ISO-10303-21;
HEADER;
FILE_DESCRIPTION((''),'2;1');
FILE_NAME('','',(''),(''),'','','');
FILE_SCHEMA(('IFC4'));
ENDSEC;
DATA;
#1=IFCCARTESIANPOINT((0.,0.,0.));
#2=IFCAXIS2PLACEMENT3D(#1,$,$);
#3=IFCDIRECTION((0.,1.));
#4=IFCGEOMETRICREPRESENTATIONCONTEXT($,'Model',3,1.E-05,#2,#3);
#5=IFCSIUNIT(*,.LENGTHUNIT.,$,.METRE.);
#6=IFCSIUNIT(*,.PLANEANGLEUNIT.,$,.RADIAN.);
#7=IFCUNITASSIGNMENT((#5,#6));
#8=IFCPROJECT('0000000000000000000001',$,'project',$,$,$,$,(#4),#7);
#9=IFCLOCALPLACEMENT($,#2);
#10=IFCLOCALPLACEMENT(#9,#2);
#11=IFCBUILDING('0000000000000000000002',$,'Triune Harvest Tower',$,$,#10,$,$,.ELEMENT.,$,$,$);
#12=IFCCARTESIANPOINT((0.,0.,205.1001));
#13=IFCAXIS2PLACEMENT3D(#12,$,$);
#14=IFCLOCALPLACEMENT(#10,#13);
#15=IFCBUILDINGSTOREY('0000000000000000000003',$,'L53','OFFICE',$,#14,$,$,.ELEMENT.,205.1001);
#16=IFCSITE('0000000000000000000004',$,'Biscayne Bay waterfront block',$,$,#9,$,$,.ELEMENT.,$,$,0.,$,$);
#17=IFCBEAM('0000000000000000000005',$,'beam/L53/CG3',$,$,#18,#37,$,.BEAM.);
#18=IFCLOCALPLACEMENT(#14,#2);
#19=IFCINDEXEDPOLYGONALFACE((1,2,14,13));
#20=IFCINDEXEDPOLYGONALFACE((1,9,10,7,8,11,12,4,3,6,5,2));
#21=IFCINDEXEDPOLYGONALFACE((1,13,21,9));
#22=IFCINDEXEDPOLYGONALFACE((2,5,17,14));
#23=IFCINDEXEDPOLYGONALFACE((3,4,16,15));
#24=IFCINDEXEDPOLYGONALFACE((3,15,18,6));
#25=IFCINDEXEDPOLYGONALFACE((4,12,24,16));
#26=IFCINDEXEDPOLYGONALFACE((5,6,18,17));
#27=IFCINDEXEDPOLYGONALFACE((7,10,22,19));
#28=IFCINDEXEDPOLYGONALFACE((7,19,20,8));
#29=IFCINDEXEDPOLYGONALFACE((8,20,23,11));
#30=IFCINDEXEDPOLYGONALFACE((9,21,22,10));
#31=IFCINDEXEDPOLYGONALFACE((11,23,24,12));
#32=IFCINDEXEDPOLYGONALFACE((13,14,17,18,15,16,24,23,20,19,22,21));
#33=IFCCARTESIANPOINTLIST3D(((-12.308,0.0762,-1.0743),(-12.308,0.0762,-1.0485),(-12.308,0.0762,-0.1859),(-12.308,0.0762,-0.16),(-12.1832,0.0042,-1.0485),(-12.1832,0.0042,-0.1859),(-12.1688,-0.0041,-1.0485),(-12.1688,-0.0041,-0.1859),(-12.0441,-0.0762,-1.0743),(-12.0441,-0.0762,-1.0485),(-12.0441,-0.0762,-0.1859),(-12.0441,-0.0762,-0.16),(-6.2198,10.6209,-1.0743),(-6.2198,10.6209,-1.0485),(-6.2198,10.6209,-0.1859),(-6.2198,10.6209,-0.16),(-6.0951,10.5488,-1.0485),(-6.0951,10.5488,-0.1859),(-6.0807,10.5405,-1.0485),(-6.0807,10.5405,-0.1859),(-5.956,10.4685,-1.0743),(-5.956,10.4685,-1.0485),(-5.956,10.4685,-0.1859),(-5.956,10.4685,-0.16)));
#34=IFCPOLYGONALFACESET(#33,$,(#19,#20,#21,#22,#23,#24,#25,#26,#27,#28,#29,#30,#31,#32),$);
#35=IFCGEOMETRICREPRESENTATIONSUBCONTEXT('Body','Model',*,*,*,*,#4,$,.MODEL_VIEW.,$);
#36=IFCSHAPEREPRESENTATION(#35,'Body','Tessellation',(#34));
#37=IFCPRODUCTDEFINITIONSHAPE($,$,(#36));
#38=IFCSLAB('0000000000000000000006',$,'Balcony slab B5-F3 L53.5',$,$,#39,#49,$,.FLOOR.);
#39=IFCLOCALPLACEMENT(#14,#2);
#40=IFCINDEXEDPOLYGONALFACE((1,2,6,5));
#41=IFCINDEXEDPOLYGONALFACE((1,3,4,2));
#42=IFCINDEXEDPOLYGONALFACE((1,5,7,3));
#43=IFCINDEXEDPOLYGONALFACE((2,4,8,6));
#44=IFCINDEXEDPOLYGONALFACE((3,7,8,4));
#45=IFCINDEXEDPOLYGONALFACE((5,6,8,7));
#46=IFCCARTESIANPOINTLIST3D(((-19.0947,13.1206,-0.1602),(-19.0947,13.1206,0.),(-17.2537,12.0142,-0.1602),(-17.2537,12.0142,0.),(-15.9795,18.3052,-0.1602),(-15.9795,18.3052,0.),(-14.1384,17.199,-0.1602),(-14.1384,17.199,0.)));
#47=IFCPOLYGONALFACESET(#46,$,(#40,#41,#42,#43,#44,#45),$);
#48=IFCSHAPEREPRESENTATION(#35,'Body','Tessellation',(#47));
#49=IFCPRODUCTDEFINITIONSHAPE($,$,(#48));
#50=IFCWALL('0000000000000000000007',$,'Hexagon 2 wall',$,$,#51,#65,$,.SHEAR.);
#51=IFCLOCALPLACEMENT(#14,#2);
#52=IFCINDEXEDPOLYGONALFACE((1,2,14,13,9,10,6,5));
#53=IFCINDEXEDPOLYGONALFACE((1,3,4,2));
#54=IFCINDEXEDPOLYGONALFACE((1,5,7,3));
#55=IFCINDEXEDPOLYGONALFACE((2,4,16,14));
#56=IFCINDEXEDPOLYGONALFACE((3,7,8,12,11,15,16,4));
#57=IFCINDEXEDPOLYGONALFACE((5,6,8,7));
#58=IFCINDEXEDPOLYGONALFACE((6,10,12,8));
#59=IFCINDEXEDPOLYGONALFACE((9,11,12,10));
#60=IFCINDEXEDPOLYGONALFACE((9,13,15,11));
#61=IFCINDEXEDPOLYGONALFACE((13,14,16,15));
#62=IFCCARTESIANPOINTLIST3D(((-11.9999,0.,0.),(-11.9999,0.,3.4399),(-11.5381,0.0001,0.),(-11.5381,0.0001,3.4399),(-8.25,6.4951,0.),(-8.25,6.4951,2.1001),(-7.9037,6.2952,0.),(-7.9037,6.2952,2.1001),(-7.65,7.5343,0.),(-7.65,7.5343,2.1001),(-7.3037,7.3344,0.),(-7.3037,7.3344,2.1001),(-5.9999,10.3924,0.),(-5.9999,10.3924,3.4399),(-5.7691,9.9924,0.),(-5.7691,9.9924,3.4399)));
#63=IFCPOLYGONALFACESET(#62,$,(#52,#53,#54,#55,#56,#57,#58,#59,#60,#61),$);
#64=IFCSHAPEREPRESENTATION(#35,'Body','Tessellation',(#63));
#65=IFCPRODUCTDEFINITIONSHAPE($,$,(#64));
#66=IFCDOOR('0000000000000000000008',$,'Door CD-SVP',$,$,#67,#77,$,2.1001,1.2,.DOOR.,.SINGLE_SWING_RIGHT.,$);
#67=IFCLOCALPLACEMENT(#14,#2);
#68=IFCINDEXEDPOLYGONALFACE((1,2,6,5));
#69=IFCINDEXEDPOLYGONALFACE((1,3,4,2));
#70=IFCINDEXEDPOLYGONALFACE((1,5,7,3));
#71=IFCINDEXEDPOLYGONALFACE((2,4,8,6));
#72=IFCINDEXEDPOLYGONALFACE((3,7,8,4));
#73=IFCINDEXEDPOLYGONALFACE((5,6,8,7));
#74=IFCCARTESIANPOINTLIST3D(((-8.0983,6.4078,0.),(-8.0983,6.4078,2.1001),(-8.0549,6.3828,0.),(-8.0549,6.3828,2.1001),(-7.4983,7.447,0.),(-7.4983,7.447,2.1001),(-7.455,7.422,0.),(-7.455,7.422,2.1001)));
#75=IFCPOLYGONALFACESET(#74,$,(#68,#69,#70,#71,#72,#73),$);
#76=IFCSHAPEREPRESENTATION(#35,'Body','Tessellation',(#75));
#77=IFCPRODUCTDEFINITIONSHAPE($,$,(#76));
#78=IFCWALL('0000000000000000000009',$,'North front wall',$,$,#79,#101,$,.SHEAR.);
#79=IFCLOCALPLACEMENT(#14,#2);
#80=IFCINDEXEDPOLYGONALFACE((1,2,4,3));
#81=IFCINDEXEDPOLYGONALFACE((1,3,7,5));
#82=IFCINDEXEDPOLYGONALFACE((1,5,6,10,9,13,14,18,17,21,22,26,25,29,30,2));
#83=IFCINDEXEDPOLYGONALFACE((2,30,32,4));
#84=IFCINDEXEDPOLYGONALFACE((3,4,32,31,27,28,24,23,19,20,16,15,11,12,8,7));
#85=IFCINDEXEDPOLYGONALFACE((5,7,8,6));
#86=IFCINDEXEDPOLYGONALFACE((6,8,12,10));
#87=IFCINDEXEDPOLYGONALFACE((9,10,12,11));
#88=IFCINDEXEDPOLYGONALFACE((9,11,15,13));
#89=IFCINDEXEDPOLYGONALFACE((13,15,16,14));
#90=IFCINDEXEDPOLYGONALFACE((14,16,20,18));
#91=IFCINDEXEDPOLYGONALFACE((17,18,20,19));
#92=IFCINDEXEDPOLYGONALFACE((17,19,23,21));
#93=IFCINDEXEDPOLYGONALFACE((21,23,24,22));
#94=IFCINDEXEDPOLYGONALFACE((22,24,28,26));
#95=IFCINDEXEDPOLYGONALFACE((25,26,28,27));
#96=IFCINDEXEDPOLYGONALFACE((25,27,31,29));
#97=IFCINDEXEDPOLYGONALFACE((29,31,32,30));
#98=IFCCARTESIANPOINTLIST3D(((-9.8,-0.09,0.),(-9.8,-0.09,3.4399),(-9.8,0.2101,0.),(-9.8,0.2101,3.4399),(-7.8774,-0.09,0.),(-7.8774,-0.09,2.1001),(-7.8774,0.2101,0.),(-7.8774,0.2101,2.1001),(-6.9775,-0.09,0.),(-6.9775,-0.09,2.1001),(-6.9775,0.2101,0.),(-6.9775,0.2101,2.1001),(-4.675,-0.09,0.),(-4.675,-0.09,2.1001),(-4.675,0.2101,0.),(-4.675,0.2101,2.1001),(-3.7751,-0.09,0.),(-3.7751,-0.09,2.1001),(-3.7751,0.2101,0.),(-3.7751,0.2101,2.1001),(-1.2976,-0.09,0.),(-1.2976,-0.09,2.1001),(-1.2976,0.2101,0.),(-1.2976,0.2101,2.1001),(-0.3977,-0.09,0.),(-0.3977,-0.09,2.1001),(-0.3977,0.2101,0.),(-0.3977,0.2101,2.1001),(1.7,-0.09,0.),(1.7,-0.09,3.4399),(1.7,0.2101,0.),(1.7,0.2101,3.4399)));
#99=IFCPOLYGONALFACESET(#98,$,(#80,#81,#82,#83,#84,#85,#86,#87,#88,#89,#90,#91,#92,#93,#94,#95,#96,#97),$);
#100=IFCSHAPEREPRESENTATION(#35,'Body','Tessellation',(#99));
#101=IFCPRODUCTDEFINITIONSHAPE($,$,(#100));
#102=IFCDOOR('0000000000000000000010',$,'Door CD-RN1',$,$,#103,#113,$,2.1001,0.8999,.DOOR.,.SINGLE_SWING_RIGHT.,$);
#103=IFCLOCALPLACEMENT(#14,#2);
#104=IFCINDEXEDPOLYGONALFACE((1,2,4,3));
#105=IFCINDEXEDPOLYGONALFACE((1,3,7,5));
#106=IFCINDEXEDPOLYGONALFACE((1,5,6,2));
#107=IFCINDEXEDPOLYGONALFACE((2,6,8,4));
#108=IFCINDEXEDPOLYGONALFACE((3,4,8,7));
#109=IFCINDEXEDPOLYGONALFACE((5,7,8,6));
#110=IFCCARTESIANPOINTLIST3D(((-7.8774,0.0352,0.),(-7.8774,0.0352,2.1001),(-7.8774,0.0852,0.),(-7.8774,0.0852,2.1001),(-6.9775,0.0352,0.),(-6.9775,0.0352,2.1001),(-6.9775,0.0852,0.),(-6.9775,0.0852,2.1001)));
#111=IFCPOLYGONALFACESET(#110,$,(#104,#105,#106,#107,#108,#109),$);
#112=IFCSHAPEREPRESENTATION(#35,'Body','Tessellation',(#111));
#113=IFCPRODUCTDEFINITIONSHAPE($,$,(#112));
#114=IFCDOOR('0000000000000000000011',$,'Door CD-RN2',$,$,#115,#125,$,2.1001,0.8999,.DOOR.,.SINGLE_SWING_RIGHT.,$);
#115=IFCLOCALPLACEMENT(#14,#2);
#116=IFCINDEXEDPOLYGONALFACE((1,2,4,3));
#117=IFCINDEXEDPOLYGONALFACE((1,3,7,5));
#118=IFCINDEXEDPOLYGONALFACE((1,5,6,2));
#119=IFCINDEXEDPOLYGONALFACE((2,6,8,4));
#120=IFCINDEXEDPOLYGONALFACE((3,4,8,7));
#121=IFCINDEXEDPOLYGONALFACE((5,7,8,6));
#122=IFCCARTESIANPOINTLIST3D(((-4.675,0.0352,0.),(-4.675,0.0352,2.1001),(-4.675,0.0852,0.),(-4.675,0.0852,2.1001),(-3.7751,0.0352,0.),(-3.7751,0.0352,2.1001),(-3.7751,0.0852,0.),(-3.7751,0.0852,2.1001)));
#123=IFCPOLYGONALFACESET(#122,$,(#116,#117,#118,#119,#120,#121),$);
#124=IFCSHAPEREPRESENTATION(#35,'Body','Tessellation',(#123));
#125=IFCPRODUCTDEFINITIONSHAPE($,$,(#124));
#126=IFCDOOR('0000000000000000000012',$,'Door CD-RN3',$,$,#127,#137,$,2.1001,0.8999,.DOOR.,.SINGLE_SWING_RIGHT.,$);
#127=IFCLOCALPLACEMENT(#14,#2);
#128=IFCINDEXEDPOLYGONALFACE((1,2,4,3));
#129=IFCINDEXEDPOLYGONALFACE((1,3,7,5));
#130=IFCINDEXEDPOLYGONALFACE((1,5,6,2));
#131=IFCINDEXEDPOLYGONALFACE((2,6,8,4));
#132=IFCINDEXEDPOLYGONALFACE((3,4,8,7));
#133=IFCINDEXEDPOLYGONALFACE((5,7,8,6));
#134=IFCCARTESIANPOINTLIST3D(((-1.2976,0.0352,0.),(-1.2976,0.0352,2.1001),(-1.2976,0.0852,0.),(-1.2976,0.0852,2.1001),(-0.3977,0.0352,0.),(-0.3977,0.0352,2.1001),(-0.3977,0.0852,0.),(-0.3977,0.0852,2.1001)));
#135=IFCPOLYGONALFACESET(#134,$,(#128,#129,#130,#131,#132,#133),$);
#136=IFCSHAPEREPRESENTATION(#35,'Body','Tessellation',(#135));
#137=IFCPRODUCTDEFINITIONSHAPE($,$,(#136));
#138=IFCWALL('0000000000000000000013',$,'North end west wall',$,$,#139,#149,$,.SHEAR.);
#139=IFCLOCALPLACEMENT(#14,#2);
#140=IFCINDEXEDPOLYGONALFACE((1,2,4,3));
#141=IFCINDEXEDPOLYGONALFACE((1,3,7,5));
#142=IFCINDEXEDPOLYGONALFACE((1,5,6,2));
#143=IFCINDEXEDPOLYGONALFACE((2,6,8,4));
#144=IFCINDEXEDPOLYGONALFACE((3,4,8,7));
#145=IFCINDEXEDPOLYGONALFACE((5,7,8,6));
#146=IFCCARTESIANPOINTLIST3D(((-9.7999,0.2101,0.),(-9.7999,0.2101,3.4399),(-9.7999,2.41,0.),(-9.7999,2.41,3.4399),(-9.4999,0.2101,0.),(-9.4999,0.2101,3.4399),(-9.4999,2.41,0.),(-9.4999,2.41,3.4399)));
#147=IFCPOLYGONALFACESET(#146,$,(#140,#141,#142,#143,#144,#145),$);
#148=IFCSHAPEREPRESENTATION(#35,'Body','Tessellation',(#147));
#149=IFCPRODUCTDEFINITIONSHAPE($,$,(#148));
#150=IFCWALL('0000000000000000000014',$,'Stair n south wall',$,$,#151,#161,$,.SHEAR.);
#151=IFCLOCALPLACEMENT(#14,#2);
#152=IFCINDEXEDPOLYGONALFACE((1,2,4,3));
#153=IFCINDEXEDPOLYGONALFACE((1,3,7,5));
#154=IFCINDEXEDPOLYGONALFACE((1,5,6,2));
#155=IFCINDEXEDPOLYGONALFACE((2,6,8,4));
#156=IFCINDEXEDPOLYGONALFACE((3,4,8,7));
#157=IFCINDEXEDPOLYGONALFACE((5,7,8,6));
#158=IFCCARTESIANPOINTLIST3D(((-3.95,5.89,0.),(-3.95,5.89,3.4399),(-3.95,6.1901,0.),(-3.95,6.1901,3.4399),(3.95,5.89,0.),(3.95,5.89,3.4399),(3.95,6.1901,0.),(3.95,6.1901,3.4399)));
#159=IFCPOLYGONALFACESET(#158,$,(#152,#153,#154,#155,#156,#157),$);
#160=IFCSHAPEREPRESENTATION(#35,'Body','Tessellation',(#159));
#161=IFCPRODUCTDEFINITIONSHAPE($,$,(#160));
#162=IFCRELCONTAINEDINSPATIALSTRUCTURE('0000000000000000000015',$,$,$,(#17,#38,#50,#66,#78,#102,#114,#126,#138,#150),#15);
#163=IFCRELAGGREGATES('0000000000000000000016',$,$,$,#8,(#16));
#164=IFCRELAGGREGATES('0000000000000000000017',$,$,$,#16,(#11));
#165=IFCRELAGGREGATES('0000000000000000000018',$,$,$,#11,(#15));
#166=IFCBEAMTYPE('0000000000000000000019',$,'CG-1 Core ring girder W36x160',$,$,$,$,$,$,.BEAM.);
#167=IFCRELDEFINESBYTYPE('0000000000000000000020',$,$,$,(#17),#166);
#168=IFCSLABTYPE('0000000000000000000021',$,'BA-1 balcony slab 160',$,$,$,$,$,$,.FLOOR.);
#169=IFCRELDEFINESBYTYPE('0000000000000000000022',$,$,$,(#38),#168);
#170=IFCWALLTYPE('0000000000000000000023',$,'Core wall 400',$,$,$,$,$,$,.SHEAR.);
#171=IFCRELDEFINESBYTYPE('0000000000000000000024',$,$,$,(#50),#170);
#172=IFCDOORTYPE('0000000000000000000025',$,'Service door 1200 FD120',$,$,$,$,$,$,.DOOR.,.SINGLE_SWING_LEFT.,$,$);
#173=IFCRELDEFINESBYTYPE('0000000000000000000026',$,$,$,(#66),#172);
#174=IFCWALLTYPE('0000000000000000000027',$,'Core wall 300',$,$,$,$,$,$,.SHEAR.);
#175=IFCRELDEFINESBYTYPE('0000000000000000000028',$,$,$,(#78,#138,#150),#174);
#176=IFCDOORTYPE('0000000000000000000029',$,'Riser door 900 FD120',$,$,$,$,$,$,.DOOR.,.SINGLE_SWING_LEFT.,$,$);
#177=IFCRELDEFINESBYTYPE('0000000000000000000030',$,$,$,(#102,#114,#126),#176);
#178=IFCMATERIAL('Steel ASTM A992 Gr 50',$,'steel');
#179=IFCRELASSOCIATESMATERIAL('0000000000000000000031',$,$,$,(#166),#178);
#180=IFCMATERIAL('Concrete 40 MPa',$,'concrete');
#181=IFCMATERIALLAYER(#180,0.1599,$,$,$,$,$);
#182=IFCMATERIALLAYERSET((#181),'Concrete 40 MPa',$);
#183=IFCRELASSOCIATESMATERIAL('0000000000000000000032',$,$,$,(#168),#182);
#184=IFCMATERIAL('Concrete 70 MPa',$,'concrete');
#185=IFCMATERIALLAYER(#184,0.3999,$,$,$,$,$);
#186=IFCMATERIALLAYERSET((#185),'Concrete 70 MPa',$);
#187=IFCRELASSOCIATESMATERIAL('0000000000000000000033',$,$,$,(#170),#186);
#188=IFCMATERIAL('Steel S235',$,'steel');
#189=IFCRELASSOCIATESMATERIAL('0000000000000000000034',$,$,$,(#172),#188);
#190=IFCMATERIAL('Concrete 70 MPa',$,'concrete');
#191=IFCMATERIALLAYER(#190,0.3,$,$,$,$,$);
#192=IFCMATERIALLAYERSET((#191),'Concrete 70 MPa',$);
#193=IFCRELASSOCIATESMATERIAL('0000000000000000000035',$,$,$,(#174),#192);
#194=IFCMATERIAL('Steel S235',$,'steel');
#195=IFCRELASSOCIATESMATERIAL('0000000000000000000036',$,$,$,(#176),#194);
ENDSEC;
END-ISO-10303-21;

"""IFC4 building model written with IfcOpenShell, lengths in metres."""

from ifc_helpers import new_model, si_unit, direction, frame, frame_2d, origin, origin_2d, place, context, subcontext, project, spatial, polyline, rectangle, i_section, outline, extrude, source, transform, mapped, material, layer, layer_set, material_profile, profile_set, type_object, element, fill, save


model = new_model("IFC4")

# Units and contexts
model_context = context("Model", 3, precision=1e-05, world=origin(), true_north=direction((0.0, 1.0)))
body_context = subcontext(model_context, "Body", "Model", "MODEL_VIEW")
ifc_project = project(units=[si_unit("LENGTHUNIT", "METRE"), si_unit("PLANEANGLEUNIT", "RADIAN")], contexts=[model_context])

# Site, building, storey
site_placement = place(None, origin())
site = spatial("IfcSite", under=ifc_project, at=site_placement, Name="Biscayne Bay waterfront block", CompositionType="ELEMENT", RefElevation=0.0)
building_placement = place(site_placement, origin())
building = spatial("IfcBuilding", under=site, at=building_placement, Name="Triune Harvest Tower", CompositionType="ELEMENT")
storey_placement = place(building_placement, frame((0.0, 0.0, 205.1001)))
storey = spatial("IfcBuildingStorey", under=building, at=storey_placement, Name="L53", Description="OFFICE", CompositionType="ELEMENT", Elevation=205.1001)

# Beam
ifc_material_1 = material(Name="Steel ASTM A992 Gr 50", Category="steel")
ifc_material_profile = material_profile(ifc_material_1, i_section(OverallWidth=0.3047, OverallDepth=0.9143, WebThickness=0.0166, FlangeThickness=0.0259, at=origin_2d()), Name="W36x160")
ifc_profile_set = profile_set([ifc_material_profile], Name="Steel ASTM A992 Gr 50")
beam_type = type_object("IfcBeamType", Name="CG-1 Core ring girder W36x160", PredefinedType="BEAM", material=ifc_profile_set)
shared_shape_1 = source(origin(), body_context, "Body", "SweptSolid", [
    extrude(i_section(OverallWidth=0.3047, OverallDepth=0.9143, WebThickness=0.0166, FlangeThickness=0.0259, at=origin_2d()), origin(), (0.0, 0.0, 1.0), 12.176),
])
beam_placement = place(storey_placement, frame((-6.0879, 10.5447, -0.6172), z_axis=(-0.50001, -0.86602, 0.0), x_axis=(0.86602, -0.50001, 0.0)))
element("IfcBeam", 1, at=beam_placement, inside=storey, type_object=beam_type, Name="beam/L53/CG3", PredefinedType="BEAM", context=body_context, shape_type="MappedRepresentation", body=[
    mapped(shared_shape_1, transform((0.0, 0.0, 0.0), scale=1.0)),
])

# Slab
ifc_material_2 = material(Name="Concrete 40 MPa", Category="concrete")
ifc_layer_1 = layer(ifc_material_2, 0.1599)
ifc_layer_set_1 = layer_set([ifc_layer_1], Name="Concrete 40 MPa")
slab_type = type_object("IfcSlabType", Name="BA-1 balcony slab 160", PredefinedType="FLOOR", material=ifc_layer_set_1)
slab_placement = place(storey_placement, frame((0.0, 0.0, -0.1602)))
element("IfcSlab", 2, at=slab_placement, inside=storey, type_object=slab_type, Name="Balcony slab B5-F3 L53.5", PredefinedType="FLOOR", context=body_context, shape_type="SweptSolid", body=[
    extrude(outline(polyline([(-14.1384, 17.199), (-17.2537, 12.0142), (-19.0947, 13.1206), (-15.9795, 18.3052), (-14.1384, 17.199)])), origin(), (0.0, 0.0, 1.0), 0.1602),
])

# Wall, opening, door
ifc_material_3 = material(Name="Concrete 70 MPa", Category="concrete")
ifc_layer_2 = layer(ifc_material_3, 0.3999)
ifc_layer_set_2 = layer_set([ifc_layer_2], Name="Concrete 70 MPa")
wall_type_1 = type_object("IfcWallType", Name="Core wall 400", PredefinedType="SHEAR", material=ifc_layer_set_2)
shared_shape_2 = source(origin(), body_context, "Body", "SweptSolid", [
    extrude(outline(polyline([(-0.1155, -0.2), (11.8845, -0.2), (11.6536, 0.2), (0.1155, 0.2), (-0.1155, -0.2)])), origin(), (0.0, 0.0, 1.0), 3.4399),
])
wall_1_placement = place(storey_placement, frame((-5.8845, 10.1924, 0.0), z_axis=(0.0, 0.0, 1.0), x_axis=(-0.499997, -0.866027, 0.0)))
wall_1 = element("IfcWall", 3, at=wall_1_placement, inside=storey, type_object=wall_type_1, Name="Hexagon 2 wall", PredefinedType="SHEAR", context=body_context, shape_type="MappedRepresentation", body=[
    mapped(shared_shape_2, transform((0.0, 0.0, 0.0), scale=1.0)),
])
opening_1_placement = place(wall_1_placement, frame((3.1846, 0.0, 0.0)))
opening_1 = element("IfcOpeningElement", 4, at=opening_1_placement, cuts=wall_1, PredefinedType="OPENING", context=body_context, shape_type="SweptSolid", body=[
    extrude(rectangle(XDim=1.2, YDim=2.1001, at=frame_2d((0.6001, 1.05))), frame((0.0, 0.21, 0.0), z_axis=(0.0, -1.0, 0.0), x_axis=(1.0, 0.0, 0.0)), (0.0, 0.0, 1.0), 0.4199),
])
ifc_material_4 = material(Name="Steel S235", Category="steel")
door_type_1 = type_object("IfcDoorType", Name="Service door 1200 FD120", OperationType="SINGLE_SWING_LEFT", PredefinedType="DOOR", material=ifc_material_4)
door_1_placement = place(opening_1_placement, frame((1.2, 0.0, 0.0), z_axis=(0.0, 0.0, 1.0), x_axis=(-1.0, 0.0, 0.0)))
door_1 = element("IfcDoor", 5, at=door_1_placement, inside=storey, type_object=door_type_1, Name="Door CD-SVP", OperationType="SINGLE_SWING_RIGHT", OverallHeight=2.1001, OverallWidth=1.2, PredefinedType="DOOR", context=body_context, shape_type="SweptSolid", body=[
    extrude(rectangle(XDim=1.2, YDim=2.1001, at=frame_2d((0.6001, 1.05))), frame((0.0, 0.0249, 0.0), z_axis=(0.0, -1.0, 0.0), x_axis=(1.0, 0.0, 0.0)), (0.0, 0.0, 1.0), 0.05),
])
fill(opening_1, door_1)

# Wall, openings, doors
ifc_material_5 = material(Name="Concrete 70 MPa", Category="concrete")
ifc_layer_3 = layer(ifc_material_5, 0.3)
ifc_layer_set_3 = layer_set([ifc_layer_3], Name="Concrete 70 MPa")
wall_type_2 = type_object("IfcWallType", Name="Core wall 300", PredefinedType="SHEAR", material=ifc_layer_set_3)
shared_shape_3 = source(origin(), body_context, "Body", "SweptSolid", [
    extrude(rectangle(XDim=11.5, YDim=0.3, at=frame_2d((5.75, 0.0))), origin(), (0.0, 0.0, 1.0), 3.4399),
])
wall_2_placement = place(storey_placement, frame((-9.8, 0.0601, 0.0), z_axis=(0.0, 0.0, 1.0), x_axis=(1.0, 0.0, 0.0)))
wall_2 = element("IfcWall", 6, at=wall_2_placement, inside=storey, type_object=wall_type_2, Name="North front wall", PredefinedType="SHEAR", context=body_context, shape_type="MappedRepresentation", body=[
    mapped(shared_shape_3, transform((0.0, 0.0, 0.0), scale=1.0)),
])
opening_2_placement = place(wall_2_placement, frame((1.9226, 0.0, 0.0)))
opening_2 = element("IfcOpeningElement", 7, at=opening_2_placement, cuts=wall_2, PredefinedType="OPENING", context=body_context, shape_type="SweptSolid", body=[
    extrude(rectangle(XDim=0.8999, YDim=2.1001, at=frame_2d((0.45, 1.05))), frame((0.0, 0.1602, 0.0), z_axis=(0.0, -1.0, 0.0), x_axis=(1.0, 0.0, 0.0)), (0.0, 0.0, 1.0), 0.3201),
])
opening_3_placement = place(wall_2_placement, frame((5.125, 0.0, 0.0)))
opening_3 = element("IfcOpeningElement", 8, at=opening_3_placement, cuts=wall_2, PredefinedType="OPENING", context=body_context, shape_type="SweptSolid", body=[
    extrude(rectangle(XDim=0.8999, YDim=2.1001, at=frame_2d((0.45, 1.05))), frame((0.0, 0.1602, 0.0), z_axis=(0.0, -1.0, 0.0), x_axis=(1.0, 0.0, 0.0)), (0.0, 0.0, 1.0), 0.3201),
])
opening_4_placement = place(wall_2_placement, frame((8.5024, 0.0, 0.0)))
opening_4 = element("IfcOpeningElement", 9, at=opening_4_placement, cuts=wall_2, PredefinedType="OPENING", context=body_context, shape_type="SweptSolid", body=[
    extrude(rectangle(XDim=0.8999, YDim=2.1001, at=frame_2d((0.45, 1.05))), frame((0.0, 0.1602, 0.0), z_axis=(0.0, -1.0, 0.0), x_axis=(1.0, 0.0, 0.0)), (0.0, 0.0, 1.0), 0.3201),
])
ifc_material_6 = material(Name="Steel S235", Category="steel")
door_type_2 = type_object("IfcDoorType", Name="Riser door 900 FD120", OperationType="SINGLE_SWING_LEFT", PredefinedType="DOOR", material=ifc_material_6)
door_2_placement = place(opening_2_placement, frame((0.8999, 0.0, 0.0), z_axis=(0.0, 0.0, 1.0), x_axis=(-1.0, 0.0, 0.0)))
door_2 = element("IfcDoor", 10, at=door_2_placement, inside=storey, type_object=door_type_2, Name="Door CD-RN1", OperationType="SINGLE_SWING_RIGHT", OverallHeight=2.1001, OverallWidth=0.8999, PredefinedType="DOOR", context=body_context, shape_type="SweptSolid", body=[
    extrude(rectangle(XDim=0.8999, YDim=2.1001, at=frame_2d((0.45, 1.05))), frame((0.0, 0.0249, 0.0), z_axis=(0.0, -1.0, 0.0), x_axis=(1.0, 0.0, 0.0)), (0.0, 0.0, 1.0), 0.05),
])
fill(opening_2, door_2)
door_3_placement = place(opening_3_placement, frame((0.8999, 0.0, 0.0), z_axis=(0.0, 0.0, 1.0), x_axis=(-1.0, 0.0, 0.0)))
door_3 = element("IfcDoor", 11, at=door_3_placement, inside=storey, type_object=door_type_2, Name="Door CD-RN2", OperationType="SINGLE_SWING_RIGHT", OverallHeight=2.1001, OverallWidth=0.8999, PredefinedType="DOOR", context=body_context, shape_type="SweptSolid", body=[
    extrude(rectangle(XDim=0.8999, YDim=2.1001, at=frame_2d((0.45, 1.05))), frame((0.0, 0.0249, 0.0), z_axis=(0.0, -1.0, 0.0), x_axis=(1.0, 0.0, 0.0)), (0.0, 0.0, 1.0), 0.05),
])
fill(opening_3, door_3)
door_4_placement = place(opening_4_placement, frame((0.8999, 0.0, 0.0), z_axis=(0.0, 0.0, 1.0), x_axis=(-1.0, 0.0, 0.0)))
door_4 = element("IfcDoor", 12, at=door_4_placement, inside=storey, type_object=door_type_2, Name="Door CD-RN3", OperationType="SINGLE_SWING_RIGHT", OverallHeight=2.1001, OverallWidth=0.8999, PredefinedType="DOOR", context=body_context, shape_type="SweptSolid", body=[
    extrude(rectangle(XDim=0.8999, YDim=2.1001, at=frame_2d((0.45, 1.05))), frame((0.0, 0.0249, 0.0), z_axis=(0.0, -1.0, 0.0), x_axis=(1.0, 0.0, 0.0)), (0.0, 0.0, 1.0), 0.05),
])
fill(opening_4, door_4)

# Walls
shared_shape_4 = source(origin(), body_context, "Body", "SweptSolid", [
    extrude(rectangle(XDim=2.2, YDim=0.3, at=frame_2d((1.1001, 0.0))), origin(), (0.0, 0.0, 1.0), 3.4399),
])
wall_3_placement = place(storey_placement, frame((-9.6499, 0.21, 0.0), z_axis=(0.0, 0.0, 1.0), x_axis=(0.0, 1.0, 0.0)))
element("IfcWall", 13, at=wall_3_placement, inside=storey, type_object=wall_type_2, Name="North end west wall", PredefinedType="SHEAR", context=body_context, shape_type="MappedRepresentation", body=[
    mapped(shared_shape_4, transform((0.0, 0.0, 0.0), scale=1.0)),
])
shared_shape_5 = source(origin(), body_context, "Body", "SweptSolid", [
    extrude(rectangle(XDim=7.8999, YDim=0.3, at=frame_2d((3.95, 0.0))), origin(), (0.0, 0.0, 1.0), 3.4399),
])
wall_4_placement = place(storey_placement, frame((-3.95, 6.04, 0.0), z_axis=(0.0, 0.0, 1.0), x_axis=(1.0, 0.0, 0.0)))
element("IfcWall", 14, at=wall_4_placement, inside=storey, type_object=wall_type_2, Name="Stair n south wall", PredefinedType="SHEAR", context=body_context, shape_type="MappedRepresentation", body=[
    mapped(shared_shape_5, transform((0.0, 0.0, 0.0), scale=1.0)),
])

save(model, "model.ifc")
